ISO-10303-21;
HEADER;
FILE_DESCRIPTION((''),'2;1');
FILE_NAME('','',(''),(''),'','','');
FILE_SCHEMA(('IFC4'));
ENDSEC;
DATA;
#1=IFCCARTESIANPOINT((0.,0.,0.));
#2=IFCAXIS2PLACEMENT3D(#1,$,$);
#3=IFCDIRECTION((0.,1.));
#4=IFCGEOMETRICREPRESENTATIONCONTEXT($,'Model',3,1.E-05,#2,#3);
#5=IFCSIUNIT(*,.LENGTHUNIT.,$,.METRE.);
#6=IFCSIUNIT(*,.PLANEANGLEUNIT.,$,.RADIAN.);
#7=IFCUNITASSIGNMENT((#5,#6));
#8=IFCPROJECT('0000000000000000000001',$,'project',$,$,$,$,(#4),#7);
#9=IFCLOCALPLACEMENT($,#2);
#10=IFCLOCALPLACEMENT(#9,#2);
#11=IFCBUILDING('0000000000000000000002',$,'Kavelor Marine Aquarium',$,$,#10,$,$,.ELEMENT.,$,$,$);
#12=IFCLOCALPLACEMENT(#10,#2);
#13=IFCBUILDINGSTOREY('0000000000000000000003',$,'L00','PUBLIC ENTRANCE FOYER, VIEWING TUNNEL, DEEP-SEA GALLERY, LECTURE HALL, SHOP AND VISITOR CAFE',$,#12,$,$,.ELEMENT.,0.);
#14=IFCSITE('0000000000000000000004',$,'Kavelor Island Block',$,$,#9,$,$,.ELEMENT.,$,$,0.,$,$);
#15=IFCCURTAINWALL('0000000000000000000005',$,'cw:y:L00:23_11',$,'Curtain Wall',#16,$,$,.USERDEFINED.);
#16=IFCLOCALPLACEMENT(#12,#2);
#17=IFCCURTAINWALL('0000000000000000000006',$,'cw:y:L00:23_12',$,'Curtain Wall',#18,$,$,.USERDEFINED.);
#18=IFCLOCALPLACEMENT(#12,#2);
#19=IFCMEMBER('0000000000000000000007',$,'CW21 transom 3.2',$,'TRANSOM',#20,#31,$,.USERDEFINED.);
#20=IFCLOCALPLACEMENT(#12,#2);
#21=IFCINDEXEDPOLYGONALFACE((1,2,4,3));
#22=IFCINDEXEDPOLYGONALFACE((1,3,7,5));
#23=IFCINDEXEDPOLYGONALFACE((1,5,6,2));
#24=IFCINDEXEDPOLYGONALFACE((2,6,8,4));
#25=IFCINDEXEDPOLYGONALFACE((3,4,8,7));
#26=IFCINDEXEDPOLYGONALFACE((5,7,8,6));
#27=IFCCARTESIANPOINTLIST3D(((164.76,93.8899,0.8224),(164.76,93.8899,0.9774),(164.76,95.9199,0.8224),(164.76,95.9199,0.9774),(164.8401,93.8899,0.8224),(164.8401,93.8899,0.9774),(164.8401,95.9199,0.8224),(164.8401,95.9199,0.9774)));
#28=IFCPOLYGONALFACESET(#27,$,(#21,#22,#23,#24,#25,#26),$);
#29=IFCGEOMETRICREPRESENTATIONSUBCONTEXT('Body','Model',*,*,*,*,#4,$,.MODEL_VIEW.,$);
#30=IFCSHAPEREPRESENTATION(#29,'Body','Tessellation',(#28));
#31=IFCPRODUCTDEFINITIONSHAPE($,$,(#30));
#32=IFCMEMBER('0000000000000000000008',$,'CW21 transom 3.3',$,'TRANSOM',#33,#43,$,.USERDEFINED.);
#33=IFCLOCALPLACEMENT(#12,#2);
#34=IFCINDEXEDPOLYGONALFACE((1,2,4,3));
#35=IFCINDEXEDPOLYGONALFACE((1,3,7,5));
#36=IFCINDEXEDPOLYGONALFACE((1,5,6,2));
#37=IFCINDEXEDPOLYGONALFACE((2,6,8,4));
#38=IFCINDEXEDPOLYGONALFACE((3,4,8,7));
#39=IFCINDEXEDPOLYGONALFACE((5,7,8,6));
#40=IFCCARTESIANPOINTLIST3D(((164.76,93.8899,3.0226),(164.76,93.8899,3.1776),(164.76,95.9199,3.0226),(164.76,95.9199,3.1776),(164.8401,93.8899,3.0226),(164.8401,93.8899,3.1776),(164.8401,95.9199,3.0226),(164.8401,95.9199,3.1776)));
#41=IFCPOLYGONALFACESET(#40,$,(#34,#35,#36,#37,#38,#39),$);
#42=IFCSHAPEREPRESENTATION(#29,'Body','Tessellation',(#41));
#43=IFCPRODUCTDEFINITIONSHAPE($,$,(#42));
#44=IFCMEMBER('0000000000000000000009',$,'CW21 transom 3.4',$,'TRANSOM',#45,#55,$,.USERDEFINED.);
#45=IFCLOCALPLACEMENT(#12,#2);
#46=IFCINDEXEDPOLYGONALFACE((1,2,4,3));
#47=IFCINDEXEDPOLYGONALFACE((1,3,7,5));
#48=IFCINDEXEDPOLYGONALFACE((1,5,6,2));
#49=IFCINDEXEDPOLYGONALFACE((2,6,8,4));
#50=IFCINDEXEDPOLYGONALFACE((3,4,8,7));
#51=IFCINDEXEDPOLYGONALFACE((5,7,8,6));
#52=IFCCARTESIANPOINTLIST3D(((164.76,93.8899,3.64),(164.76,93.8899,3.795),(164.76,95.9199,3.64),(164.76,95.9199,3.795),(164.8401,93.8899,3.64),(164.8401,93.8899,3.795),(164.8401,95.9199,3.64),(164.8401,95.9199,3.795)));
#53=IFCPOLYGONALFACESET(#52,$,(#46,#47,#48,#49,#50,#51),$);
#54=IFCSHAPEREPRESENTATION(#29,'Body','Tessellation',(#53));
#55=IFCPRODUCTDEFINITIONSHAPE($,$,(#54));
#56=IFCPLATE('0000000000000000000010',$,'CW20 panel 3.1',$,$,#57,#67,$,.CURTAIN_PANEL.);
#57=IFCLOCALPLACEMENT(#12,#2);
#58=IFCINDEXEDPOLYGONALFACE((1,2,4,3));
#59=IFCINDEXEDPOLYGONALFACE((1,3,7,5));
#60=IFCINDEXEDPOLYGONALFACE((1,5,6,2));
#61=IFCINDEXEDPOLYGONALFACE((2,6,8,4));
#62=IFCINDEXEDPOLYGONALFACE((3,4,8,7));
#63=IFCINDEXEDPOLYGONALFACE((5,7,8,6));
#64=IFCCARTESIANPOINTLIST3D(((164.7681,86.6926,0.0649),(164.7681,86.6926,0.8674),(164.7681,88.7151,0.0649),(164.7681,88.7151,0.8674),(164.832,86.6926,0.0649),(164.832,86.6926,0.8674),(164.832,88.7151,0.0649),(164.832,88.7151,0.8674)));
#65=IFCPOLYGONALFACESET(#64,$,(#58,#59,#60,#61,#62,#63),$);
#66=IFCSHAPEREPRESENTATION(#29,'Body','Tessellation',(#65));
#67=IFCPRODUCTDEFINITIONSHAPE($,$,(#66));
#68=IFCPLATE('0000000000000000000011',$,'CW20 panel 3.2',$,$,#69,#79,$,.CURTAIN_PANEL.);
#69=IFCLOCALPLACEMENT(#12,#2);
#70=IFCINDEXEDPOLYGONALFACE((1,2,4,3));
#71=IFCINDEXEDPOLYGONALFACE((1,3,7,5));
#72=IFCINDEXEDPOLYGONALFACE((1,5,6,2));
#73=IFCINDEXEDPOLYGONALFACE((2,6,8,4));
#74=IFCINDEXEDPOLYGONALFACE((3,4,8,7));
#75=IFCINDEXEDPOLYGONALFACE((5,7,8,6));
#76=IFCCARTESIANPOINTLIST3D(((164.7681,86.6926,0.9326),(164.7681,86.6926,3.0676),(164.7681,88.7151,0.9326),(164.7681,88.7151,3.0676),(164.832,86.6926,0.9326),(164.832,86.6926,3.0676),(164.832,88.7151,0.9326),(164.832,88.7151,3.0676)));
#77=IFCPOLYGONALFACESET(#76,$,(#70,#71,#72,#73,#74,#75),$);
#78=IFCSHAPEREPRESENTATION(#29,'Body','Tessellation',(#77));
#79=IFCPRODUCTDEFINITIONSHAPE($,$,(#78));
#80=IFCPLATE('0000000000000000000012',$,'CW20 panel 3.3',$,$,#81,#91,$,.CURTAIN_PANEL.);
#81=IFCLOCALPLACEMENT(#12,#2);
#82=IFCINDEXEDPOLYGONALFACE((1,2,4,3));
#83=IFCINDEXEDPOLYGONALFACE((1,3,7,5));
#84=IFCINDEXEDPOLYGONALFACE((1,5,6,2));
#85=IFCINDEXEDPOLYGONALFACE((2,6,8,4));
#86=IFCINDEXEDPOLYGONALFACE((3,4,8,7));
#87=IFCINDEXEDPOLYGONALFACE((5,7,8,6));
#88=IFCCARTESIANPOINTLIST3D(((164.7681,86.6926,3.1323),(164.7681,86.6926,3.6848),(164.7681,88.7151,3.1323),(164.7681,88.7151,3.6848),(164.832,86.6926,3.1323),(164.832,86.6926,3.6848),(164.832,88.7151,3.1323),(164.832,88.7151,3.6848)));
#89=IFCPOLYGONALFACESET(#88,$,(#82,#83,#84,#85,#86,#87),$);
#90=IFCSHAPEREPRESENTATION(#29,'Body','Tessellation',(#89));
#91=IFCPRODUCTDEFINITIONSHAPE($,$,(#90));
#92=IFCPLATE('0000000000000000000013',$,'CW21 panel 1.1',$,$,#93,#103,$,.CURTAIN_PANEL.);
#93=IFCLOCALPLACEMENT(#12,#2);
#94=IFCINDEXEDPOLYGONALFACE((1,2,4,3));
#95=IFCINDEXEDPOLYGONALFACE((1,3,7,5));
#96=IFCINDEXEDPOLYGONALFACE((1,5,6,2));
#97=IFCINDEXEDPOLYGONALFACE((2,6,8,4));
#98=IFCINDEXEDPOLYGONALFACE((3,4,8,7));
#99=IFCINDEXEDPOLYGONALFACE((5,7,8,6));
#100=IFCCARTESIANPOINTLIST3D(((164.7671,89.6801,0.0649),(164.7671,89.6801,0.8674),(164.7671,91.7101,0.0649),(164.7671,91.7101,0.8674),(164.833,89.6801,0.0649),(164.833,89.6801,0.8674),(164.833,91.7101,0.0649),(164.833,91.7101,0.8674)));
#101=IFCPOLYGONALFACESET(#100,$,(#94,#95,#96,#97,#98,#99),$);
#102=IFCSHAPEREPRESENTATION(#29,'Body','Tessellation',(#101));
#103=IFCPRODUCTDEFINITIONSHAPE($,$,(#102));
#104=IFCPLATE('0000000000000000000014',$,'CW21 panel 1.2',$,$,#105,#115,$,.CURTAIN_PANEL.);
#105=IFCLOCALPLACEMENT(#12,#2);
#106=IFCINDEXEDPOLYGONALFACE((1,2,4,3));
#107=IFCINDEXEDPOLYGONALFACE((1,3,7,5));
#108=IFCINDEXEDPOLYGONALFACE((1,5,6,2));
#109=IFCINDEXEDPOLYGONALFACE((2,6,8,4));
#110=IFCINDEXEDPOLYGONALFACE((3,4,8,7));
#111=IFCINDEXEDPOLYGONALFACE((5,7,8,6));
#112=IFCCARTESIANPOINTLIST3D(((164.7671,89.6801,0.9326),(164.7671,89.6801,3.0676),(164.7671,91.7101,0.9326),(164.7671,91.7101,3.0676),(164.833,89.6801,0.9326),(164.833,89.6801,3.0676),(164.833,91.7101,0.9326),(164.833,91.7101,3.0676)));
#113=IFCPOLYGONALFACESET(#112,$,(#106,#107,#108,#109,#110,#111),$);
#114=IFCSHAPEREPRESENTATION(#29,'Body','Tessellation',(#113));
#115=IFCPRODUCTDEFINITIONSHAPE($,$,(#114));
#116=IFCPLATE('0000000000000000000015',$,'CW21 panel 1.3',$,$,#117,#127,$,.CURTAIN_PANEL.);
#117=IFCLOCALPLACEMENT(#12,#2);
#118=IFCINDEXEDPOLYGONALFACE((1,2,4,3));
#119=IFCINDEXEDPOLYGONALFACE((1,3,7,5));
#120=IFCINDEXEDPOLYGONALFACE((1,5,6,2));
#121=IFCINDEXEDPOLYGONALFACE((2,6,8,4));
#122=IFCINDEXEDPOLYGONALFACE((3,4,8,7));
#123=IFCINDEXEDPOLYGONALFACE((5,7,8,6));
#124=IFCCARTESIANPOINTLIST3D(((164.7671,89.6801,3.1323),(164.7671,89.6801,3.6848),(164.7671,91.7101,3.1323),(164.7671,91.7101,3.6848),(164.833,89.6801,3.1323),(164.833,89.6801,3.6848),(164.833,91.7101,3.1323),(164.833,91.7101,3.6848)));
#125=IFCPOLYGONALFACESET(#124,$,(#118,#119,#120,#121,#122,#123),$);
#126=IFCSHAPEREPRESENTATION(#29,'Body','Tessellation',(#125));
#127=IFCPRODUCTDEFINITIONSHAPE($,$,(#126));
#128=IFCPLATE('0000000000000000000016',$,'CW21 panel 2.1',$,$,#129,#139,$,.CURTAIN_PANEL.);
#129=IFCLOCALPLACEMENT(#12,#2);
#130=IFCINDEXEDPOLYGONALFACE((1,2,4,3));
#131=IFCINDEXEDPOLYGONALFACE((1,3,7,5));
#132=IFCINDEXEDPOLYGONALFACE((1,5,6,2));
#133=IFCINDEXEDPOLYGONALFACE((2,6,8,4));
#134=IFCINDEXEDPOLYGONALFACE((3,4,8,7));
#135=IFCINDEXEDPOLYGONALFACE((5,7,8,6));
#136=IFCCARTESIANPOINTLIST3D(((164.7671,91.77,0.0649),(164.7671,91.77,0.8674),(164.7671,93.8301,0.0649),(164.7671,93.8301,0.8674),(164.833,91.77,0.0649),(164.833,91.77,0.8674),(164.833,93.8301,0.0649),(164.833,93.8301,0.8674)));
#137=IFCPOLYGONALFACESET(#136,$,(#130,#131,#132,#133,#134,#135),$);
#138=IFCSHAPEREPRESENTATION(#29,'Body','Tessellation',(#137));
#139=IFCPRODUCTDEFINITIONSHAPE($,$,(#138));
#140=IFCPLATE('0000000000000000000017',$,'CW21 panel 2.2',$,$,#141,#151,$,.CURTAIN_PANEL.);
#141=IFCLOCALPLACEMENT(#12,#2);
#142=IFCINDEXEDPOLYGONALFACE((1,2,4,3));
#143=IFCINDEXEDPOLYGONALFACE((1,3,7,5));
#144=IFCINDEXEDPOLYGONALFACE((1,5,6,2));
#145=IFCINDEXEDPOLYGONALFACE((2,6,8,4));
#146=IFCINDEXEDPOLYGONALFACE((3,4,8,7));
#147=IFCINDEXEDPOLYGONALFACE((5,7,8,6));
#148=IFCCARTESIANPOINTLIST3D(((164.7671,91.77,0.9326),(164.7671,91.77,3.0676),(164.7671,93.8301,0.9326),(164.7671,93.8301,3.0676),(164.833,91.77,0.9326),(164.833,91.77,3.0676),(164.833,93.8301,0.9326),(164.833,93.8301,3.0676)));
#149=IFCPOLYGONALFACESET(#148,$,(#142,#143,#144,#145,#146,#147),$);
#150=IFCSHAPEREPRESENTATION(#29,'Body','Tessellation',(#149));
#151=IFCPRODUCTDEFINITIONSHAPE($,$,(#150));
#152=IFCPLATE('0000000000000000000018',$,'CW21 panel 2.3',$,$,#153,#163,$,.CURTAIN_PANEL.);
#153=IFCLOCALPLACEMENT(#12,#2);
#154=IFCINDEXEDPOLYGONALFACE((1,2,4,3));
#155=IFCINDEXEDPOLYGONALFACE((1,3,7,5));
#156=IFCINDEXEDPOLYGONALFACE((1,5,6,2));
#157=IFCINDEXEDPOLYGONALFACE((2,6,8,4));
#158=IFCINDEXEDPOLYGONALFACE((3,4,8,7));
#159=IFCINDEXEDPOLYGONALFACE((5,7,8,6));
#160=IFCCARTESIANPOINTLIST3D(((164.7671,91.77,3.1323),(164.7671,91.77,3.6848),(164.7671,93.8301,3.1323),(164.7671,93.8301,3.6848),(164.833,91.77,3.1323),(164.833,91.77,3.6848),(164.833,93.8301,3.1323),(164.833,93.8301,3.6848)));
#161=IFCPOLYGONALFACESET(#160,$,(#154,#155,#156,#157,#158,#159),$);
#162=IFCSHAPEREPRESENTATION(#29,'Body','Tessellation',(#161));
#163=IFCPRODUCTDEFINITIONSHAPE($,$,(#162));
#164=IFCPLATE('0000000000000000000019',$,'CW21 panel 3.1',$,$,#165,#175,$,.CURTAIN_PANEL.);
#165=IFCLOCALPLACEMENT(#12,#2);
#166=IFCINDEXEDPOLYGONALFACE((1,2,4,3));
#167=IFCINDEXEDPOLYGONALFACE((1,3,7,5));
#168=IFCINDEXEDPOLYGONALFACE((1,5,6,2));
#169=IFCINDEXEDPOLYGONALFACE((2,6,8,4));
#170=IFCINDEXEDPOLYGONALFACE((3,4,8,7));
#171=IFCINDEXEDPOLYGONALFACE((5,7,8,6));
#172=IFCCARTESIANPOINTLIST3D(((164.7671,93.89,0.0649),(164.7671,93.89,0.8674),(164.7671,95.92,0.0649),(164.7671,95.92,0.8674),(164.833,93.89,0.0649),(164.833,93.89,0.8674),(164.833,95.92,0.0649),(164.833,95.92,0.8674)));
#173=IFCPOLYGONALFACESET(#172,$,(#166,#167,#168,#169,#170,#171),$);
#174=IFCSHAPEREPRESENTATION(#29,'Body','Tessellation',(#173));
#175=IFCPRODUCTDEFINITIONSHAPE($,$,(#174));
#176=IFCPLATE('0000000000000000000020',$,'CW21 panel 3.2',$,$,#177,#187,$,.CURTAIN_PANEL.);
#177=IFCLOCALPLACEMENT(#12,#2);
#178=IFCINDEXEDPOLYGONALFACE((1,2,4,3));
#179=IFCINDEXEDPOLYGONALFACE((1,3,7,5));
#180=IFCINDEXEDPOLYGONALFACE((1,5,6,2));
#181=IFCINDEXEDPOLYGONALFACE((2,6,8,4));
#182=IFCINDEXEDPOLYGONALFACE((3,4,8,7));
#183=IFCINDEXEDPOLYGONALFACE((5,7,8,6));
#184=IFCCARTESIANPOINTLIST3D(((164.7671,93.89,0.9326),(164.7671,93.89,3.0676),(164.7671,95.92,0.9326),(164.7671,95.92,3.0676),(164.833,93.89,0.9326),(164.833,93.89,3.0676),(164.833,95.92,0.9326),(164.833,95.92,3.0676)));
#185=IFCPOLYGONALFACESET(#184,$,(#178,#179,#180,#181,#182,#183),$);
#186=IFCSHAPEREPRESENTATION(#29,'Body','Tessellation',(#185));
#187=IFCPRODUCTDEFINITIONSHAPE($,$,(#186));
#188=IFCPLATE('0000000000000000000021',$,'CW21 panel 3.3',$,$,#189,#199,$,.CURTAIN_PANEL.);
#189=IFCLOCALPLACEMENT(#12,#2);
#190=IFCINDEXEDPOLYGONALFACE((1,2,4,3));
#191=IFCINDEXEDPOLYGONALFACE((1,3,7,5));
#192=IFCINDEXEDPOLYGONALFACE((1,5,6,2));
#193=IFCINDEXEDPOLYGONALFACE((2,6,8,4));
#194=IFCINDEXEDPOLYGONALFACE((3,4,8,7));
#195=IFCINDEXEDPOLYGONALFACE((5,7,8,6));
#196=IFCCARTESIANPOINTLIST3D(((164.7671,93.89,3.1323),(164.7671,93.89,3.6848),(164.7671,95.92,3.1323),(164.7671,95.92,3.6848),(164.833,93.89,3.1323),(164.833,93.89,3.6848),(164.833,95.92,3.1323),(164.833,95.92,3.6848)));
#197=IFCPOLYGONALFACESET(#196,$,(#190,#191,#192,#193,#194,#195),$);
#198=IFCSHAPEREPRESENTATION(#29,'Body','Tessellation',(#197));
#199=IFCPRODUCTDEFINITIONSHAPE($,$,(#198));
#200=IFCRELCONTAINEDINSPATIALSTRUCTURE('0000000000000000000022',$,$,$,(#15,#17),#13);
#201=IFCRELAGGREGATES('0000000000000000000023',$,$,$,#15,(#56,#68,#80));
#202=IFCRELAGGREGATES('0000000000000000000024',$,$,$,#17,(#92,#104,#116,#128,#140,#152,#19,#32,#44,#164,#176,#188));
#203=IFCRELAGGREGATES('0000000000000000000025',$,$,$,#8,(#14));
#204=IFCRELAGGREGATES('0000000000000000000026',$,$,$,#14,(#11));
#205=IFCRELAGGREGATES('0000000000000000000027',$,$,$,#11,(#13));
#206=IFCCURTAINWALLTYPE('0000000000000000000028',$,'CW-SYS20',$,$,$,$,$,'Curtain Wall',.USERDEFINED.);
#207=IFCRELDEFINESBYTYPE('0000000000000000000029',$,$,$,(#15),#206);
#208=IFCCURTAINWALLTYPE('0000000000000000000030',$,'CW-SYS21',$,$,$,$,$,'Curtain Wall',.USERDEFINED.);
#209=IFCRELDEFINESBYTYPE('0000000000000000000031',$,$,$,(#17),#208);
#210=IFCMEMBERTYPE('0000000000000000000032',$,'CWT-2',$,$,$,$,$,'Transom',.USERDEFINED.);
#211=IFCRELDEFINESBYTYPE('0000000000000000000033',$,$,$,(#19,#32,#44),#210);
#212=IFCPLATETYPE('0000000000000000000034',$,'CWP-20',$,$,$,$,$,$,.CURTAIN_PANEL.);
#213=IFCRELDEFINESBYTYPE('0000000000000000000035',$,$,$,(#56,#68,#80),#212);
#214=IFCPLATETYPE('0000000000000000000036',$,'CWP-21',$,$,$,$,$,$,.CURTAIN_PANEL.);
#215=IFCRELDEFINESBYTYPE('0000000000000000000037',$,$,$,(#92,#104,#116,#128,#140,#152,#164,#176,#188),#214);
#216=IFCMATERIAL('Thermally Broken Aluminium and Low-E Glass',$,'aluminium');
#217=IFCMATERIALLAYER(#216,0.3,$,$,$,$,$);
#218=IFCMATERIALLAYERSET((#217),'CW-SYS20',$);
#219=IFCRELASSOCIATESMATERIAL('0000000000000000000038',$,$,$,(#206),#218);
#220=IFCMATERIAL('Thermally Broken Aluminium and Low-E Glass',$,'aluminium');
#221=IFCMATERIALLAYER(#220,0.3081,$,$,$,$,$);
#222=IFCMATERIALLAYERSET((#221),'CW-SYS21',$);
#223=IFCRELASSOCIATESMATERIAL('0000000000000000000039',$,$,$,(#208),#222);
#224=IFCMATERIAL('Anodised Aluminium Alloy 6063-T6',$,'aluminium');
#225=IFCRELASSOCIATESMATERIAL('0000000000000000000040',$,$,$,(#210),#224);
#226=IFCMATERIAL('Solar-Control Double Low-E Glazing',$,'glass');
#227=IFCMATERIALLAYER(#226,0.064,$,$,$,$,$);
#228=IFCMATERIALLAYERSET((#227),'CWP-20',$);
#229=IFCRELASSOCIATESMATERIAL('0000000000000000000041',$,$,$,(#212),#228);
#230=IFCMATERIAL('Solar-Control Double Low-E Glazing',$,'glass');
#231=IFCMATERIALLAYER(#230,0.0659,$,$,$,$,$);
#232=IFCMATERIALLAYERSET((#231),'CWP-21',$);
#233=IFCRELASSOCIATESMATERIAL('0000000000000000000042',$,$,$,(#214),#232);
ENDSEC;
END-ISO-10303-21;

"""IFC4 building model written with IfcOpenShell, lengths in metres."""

from ifc_helpers import new_model, si_unit, direction, frame, origin, origin_2d, place, context, subcontext, project, spatial, rectangle, extrude, material, layer, layer_set, material_profile, profile_set, type_object, element, aggregate, save


model = new_model("IFC4")

# Units and contexts
model_context = context("Model", 3, precision=1e-05, world=origin(), true_north=direction((0.0, 1.0)))
body_context = subcontext(model_context, "Body", "Model", "MODEL_VIEW")
ifc_project = project(units=[si_unit("LENGTHUNIT", "METRE"), si_unit("PLANEANGLEUNIT", "RADIAN")], contexts=[model_context])

# Site, building, storey
site_placement = place(None, origin())
site = spatial("IfcSite", under=ifc_project, at=site_placement, Name="Kavelor Island Block", CompositionType="ELEMENT", RefElevation=0.0)
building_placement = place(site_placement, origin())
building = spatial("IfcBuilding", under=site, at=building_placement, Name="Kavelor Marine Aquarium", CompositionType="ELEMENT")
storey_placement = place(building_placement, origin())
storey = spatial("IfcBuildingStorey", under=building, at=storey_placement, Name="L00", Description="PUBLIC ENTRANCE FOYER, VIEWING TUNNEL, DEEP-SEA GALLERY, LECTURE HALL, SHOP AND VISITOR CAFE", CompositionType="ELEMENT", Elevation=0.0)

# Curtain wall
ifc_material_1 = material(Name="Thermally Broken Aluminium and Low-E Glass", Category="aluminium")
ifc_layer_1 = layer(ifc_material_1, 0.3)
ifc_layer_set_1 = layer_set([ifc_layer_1], Name="CW-SYS20")
curtain_wall_type_1 = type_object("IfcCurtainWallType", Name="CW-SYS20", ElementType="Curtain Wall", PredefinedType="USERDEFINED", material=ifc_layer_set_1)
curtain_wall_1_placement = place(storey_placement, origin())
curtain_wall_1 = element("IfcCurtainWall", 1, at=curtain_wall_1_placement, inside=storey, type_object=curtain_wall_type_1, Name="cw:y:L00:23_11", ObjectType="Curtain Wall", PredefinedType="USERDEFINED")

# Curtain wall
ifc_material_2 = material(Name="Thermally Broken Aluminium and Low-E Glass", Category="aluminium")
ifc_layer_2 = layer(ifc_material_2, 0.3081)
ifc_layer_set_2 = layer_set([ifc_layer_2], Name="CW-SYS21")
curtain_wall_type_2 = type_object("IfcCurtainWallType", Name="CW-SYS21", ElementType="Curtain Wall", PredefinedType="USERDEFINED", material=ifc_layer_set_2)
curtain_wall_2_placement = place(storey_placement, origin())
curtain_wall_2 = element("IfcCurtainWall", 2, at=curtain_wall_2_placement, inside=storey, type_object=curtain_wall_type_2, Name="cw:y:L00:23_12", ObjectType="Curtain Wall", PredefinedType="USERDEFINED")

# Members
ifc_material_3 = material(Name="Anodised Aluminium Alloy 6063-T6", Category="aluminium")
ifc_material_profile_1 = material_profile(ifc_material_3, rectangle(XDim=0.0801, YDim=0.155, at=origin_2d()), Name="CW-TRN 80x155")
ifc_profile_set_1 = profile_set([ifc_material_profile_1], Name="Anodised Aluminium Alloy 6063-T6")
member_type_1 = type_object("IfcMemberType", Name="CWT-2", ElementType="Transom", PredefinedType="USERDEFINED", material=ifc_profile_set_1)
member_1_placement = place(storey_placement, frame((164.8, 93.8899, 0.8999), z_axis=(0.0, 1.0, 0.0), x_axis=(-1.0, 0.0, 0.0)))
member_1 = element("IfcMember", 3, at=member_1_placement, type_object=member_type_1, Name="CW21 transom 3.2", ObjectType="TRANSOM", PredefinedType="USERDEFINED", context=body_context, shape_type="SweptSolid", body=[
    extrude(rectangle(XDim=0.0801, YDim=0.155, at=origin_2d()), origin(), (0.0, 0.0, 1.0), 2.03),
])
member_2_placement = place(storey_placement, frame((164.8, 93.8899, 3.1001), z_axis=(0.0, 1.0, 0.0), x_axis=(-1.0, 0.0, 0.0)))
member_2 = element("IfcMember", 4, at=member_2_placement, type_object=member_type_1, Name="CW21 transom 3.3", ObjectType="TRANSOM", PredefinedType="USERDEFINED", context=body_context, shape_type="SweptSolid", body=[
    extrude(rectangle(XDim=0.0801, YDim=0.155, at=origin_2d()), origin(), (0.0, 0.0, 1.0), 2.03),
])
member_3_placement = place(storey_placement, frame((164.8, 93.8899, 3.7175), z_axis=(0.0, 1.0, 0.0), x_axis=(-1.0, 0.0, 0.0)))
member_3 = element("IfcMember", 5, at=member_3_placement, type_object=member_type_1, Name="CW21 transom 3.4", ObjectType="TRANSOM", PredefinedType="USERDEFINED", context=body_context, shape_type="SweptSolid", body=[
    extrude(rectangle(XDim=0.0801, YDim=0.155, at=origin_2d()), origin(), (0.0, 0.0, 1.0), 2.03),
])

# Plates
ifc_material_4 = material(Name="Solar-Control Double Low-E Glazing", Category="glass")
ifc_layer_3 = layer(ifc_material_4, 0.064)
ifc_layer_set_3 = layer_set([ifc_layer_3], Name="CWP-20")
plate_type_1 = type_object("IfcPlateType", Name="CWP-20", PredefinedType="CURTAIN_PANEL", material=ifc_layer_set_3)
plate_1_placement = place(storey_placement, frame((164.8, 87.7039, 0.0649), z_axis=(0.0, 0.0, 1.0), x_axis=(0.0, 1.0, 0.0)))
plate_1 = element("IfcPlate", 6, at=plate_1_placement, type_object=plate_type_1, Name="CW20 panel 3.1", PredefinedType="CURTAIN_PANEL", context=body_context, shape_type="SweptSolid", body=[
    extrude(rectangle(XDim=2.0225, YDim=0.064, at=origin_2d()), origin(), (0.0, 0.0, 1.0), 0.8025),
])
plate_2_placement = place(storey_placement, frame((164.8, 87.7039, 0.9326), z_axis=(0.0, 0.0, 1.0), x_axis=(0.0, 1.0, 0.0)))
plate_2 = element("IfcPlate", 7, at=plate_2_placement, type_object=plate_type_1, Name="CW20 panel 3.2", PredefinedType="CURTAIN_PANEL", context=body_context, shape_type="SweptSolid", body=[
    extrude(rectangle(XDim=2.0225, YDim=0.064, at=origin_2d()), origin(), (0.0, 0.0, 1.0), 2.135),
])
plate_3_placement = place(storey_placement, frame((164.8, 87.7039, 3.1323), z_axis=(0.0, 0.0, 1.0), x_axis=(0.0, 1.0, 0.0)))
plate_3 = element("IfcPlate", 8, at=plate_3_placement, type_object=plate_type_1, Name="CW20 panel 3.3", PredefinedType="CURTAIN_PANEL", context=body_context, shape_type="SweptSolid", body=[
    extrude(rectangle(XDim=2.0225, YDim=0.064, at=origin_2d()), origin(), (0.0, 0.0, 1.0), 0.5525),
])
aggregate(curtain_wall_1, [plate_1, plate_2, plate_3])
ifc_material_5 = material(Name="Solar-Control Double Low-E Glazing", Category="glass")
ifc_layer_4 = layer(ifc_material_5, 0.0659)
ifc_layer_set_4 = layer_set([ifc_layer_4], Name="CWP-21")
plate_type_2 = type_object("IfcPlateType", Name="CWP-21", PredefinedType="CURTAIN_PANEL", material=ifc_layer_set_4)
plate_4_placement = place(storey_placement, frame((164.8, 90.6951, 0.0649), z_axis=(0.0, 0.0, 1.0), x_axis=(0.0, 1.0, 0.0)))
plate_4 = element("IfcPlate", 9, at=plate_4_placement, type_object=plate_type_2, Name="CW21 panel 1.1", PredefinedType="CURTAIN_PANEL", context=body_context, shape_type="SweptSolid", body=[
    extrude(rectangle(XDim=2.03, YDim=0.0659, at=origin_2d()), origin(), (0.0, 0.0, 1.0), 0.8025),
])
plate_5_placement = place(storey_placement, frame((164.8, 90.6951, 0.9326), z_axis=(0.0, 0.0, 1.0), x_axis=(0.0, 1.0, 0.0)))
plate_5 = element("IfcPlate", 10, at=plate_5_placement, type_object=plate_type_2, Name="CW21 panel 1.2", PredefinedType="CURTAIN_PANEL", context=body_context, shape_type="SweptSolid", body=[
    extrude(rectangle(XDim=2.03, YDim=0.0659, at=origin_2d()), origin(), (0.0, 0.0, 1.0), 2.135),
])
plate_6_placement = place(storey_placement, frame((164.8, 90.6951, 3.1323), z_axis=(0.0, 0.0, 1.0), x_axis=(0.0, 1.0, 0.0)))
plate_6 = element("IfcPlate", 11, at=plate_6_placement, type_object=plate_type_2, Name="CW21 panel 1.3", PredefinedType="CURTAIN_PANEL", context=body_context, shape_type="SweptSolid", body=[
    extrude(rectangle(XDim=2.03, YDim=0.0659, at=origin_2d()), origin(), (0.0, 0.0, 1.0), 0.5525),
])
plate_7_placement = place(storey_placement, frame((164.8, 92.8, 0.0649), z_axis=(0.0, 0.0, 1.0), x_axis=(0.0, 1.0, 0.0)))
plate_7 = element("IfcPlate", 12, at=plate_7_placement, type_object=plate_type_2, Name="CW21 panel 2.1", PredefinedType="CURTAIN_PANEL", context=body_context, shape_type="SweptSolid", body=[
    extrude(rectangle(XDim=2.0601, YDim=0.0659, at=origin_2d()), origin(), (0.0, 0.0, 1.0), 0.8025),
])
plate_8_placement = place(storey_placement, frame((164.8, 92.8, 0.9326), z_axis=(0.0, 0.0, 1.0), x_axis=(0.0, 1.0, 0.0)))
plate_8 = element("IfcPlate", 13, at=plate_8_placement, type_object=plate_type_2, Name="CW21 panel 2.2", PredefinedType="CURTAIN_PANEL", context=body_context, shape_type="SweptSolid", body=[
    extrude(rectangle(XDim=2.0601, YDim=0.0659, at=origin_2d()), origin(), (0.0, 0.0, 1.0), 2.135),
])
plate_9_placement = place(storey_placement, frame((164.8, 92.8, 3.1323), z_axis=(0.0, 0.0, 1.0), x_axis=(0.0, 1.0, 0.0)))
plate_9 = element("IfcPlate", 14, at=plate_9_placement, type_object=plate_type_2, Name="CW21 panel 2.3", PredefinedType="CURTAIN_PANEL", context=body_context, shape_type="SweptSolid", body=[
    extrude(rectangle(XDim=2.0601, YDim=0.0659, at=origin_2d()), origin(), (0.0, 0.0, 1.0), 0.5525),
])
plate_10_placement = place(storey_placement, frame((164.8, 94.905, 0.0649), z_axis=(0.0, 0.0, 1.0), x_axis=(0.0, 1.0, 0.0)))
plate_10 = element("IfcPlate", 15, at=plate_10_placement, type_object=plate_type_2, Name="CW21 panel 3.1", PredefinedType="CURTAIN_PANEL", context=body_context, shape_type="SweptSolid", body=[
    extrude(rectangle(XDim=2.03, YDim=0.0659, at=origin_2d()), origin(), (0.0, 0.0, 1.0), 0.8025),
])
plate_11_placement = place(storey_placement, frame((164.8, 94.905, 0.9326), z_axis=(0.0, 0.0, 1.0), x_axis=(0.0, 1.0, 0.0)))
plate_11 = element("IfcPlate", 16, at=plate_11_placement, type_object=plate_type_2, Name="CW21 panel 3.2", PredefinedType="CURTAIN_PANEL", context=body_context, shape_type="SweptSolid", body=[
    extrude(rectangle(XDim=2.03, YDim=0.0659, at=origin_2d()), origin(), (0.0, 0.0, 1.0), 2.135),
])
plate_12_placement = place(storey_placement, frame((164.8, 94.905, 3.1323), z_axis=(0.0, 0.0, 1.0), x_axis=(0.0, 1.0, 0.0)))
plate_12 = element("IfcPlate", 17, at=plate_12_placement, type_object=plate_type_2, Name="CW21 panel 3.3", PredefinedType="CURTAIN_PANEL", context=body_context, shape_type="SweptSolid", body=[
    extrude(rectangle(XDim=2.03, YDim=0.0659, at=origin_2d()), origin(), (0.0, 0.0, 1.0), 0.5525),
])
aggregate(curtain_wall_2, [plate_4, plate_5, plate_6, plate_7, plate_8, plate_9, member_1, member_2, member_3, plate_10, plate_11, plate_12])

save(model, "model.ifc")
